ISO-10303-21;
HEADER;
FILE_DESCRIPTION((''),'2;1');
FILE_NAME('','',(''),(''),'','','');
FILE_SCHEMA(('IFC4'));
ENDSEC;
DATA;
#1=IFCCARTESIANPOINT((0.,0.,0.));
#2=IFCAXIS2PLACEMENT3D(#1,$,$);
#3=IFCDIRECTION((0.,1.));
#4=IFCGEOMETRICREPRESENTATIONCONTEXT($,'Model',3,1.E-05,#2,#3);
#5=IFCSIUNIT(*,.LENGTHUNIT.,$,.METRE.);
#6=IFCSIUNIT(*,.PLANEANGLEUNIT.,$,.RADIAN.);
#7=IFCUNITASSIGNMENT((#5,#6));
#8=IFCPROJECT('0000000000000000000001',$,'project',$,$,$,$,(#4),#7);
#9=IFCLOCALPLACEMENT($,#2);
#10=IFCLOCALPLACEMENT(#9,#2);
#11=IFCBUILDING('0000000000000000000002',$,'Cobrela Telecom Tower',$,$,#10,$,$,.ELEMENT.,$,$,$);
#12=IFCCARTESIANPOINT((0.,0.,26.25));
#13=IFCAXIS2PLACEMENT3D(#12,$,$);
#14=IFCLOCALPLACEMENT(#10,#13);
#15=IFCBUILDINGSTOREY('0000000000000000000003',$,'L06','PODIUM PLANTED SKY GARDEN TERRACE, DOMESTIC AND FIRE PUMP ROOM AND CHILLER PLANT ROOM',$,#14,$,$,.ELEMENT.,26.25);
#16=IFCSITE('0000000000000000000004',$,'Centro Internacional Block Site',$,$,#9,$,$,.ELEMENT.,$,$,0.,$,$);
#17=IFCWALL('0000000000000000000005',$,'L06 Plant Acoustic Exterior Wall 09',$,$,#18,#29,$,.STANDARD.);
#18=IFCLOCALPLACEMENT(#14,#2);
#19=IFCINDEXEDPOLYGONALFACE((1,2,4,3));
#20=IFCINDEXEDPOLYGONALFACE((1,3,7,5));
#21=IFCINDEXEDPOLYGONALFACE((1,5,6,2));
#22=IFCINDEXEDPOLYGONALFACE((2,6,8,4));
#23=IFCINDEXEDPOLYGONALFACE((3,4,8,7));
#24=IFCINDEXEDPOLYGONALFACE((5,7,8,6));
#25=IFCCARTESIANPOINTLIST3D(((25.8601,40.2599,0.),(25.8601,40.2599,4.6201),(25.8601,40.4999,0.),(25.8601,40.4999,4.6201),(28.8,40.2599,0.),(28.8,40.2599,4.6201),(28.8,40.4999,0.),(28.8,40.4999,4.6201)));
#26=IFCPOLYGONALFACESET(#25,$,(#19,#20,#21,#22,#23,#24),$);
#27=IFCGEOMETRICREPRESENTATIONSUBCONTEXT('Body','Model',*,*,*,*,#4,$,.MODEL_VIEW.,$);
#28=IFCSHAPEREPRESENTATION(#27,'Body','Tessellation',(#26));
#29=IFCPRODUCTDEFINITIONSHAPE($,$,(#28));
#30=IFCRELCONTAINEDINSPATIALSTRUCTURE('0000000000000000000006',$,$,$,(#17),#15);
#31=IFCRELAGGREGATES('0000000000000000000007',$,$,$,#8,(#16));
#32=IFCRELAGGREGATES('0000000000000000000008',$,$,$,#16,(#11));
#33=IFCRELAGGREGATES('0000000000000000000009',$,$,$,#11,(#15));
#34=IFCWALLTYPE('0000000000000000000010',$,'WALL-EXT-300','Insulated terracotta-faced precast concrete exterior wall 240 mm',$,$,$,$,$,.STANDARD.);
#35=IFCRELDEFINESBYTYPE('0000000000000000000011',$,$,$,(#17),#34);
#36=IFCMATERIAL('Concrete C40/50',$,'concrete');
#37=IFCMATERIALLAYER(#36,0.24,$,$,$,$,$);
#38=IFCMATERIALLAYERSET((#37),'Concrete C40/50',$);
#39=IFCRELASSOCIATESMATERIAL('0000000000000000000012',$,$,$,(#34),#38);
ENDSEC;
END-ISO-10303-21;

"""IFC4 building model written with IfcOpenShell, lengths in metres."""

from ifc_helpers import new_model, si_unit, direction, frame, frame_2d, origin, place, context, subcontext, project, spatial, rectangle, extrude, material, layer, layer_set, type_object, element, save


model = new_model("IFC4")

# Units and contexts
model_context = context("Model", 3, precision=1e-05, world=origin(), true_north=direction((0.0, 1.0)))
body_context = subcontext(model_context, "Body", "Model", "MODEL_VIEW")
ifc_project = project(units=[si_unit("LENGTHUNIT", "METRE"), si_unit("PLANEANGLEUNIT", "RADIAN")], contexts=[model_context])

# Site, building, storey
site_placement = place(None, origin())
site = spatial("IfcSite", under=ifc_project, at=site_placement, Name="Centro Internacional Block Site", CompositionType="ELEMENT", RefElevation=0.0)
building_placement = place(site_placement, origin())
building = spatial("IfcBuilding", under=site, at=building_placement, Name="Cobrela Telecom Tower", CompositionType="ELEMENT")
storey_placement = place(building_placement, frame((0.0, 0.0, 26.25)))
storey = spatial("IfcBuildingStorey", under=building, at=storey_placement, Name="L06", Description="PODIUM PLANTED SKY GARDEN TERRACE, DOMESTIC AND FIRE PUMP ROOM AND CHILLER PLANT ROOM", CompositionType="ELEMENT", Elevation=26.25)

# Wall
ifc_material_1 = material(Name="Concrete C40/50", Category="concrete")
ifc_layer_1 = layer(ifc_material_1, 0.24)
ifc_layer_set_1 = layer_set([ifc_layer_1], Name="Concrete C40/50")
wall_type = type_object("IfcWallType", Name="WALL-EXT-300", Description="Insulated terracotta-faced precast concrete exterior wall 240 mm", PredefinedType="STANDARD", material=ifc_layer_set_1)
wall_1_placement = place(storey_placement, frame((25.8601, 40.3799, 0.0), z_axis=(0.0, 0.0, 1.0), x_axis=(1.0, 0.0, 0.0)))
element("IfcWall", 1, at=wall_1_placement, inside=storey, type_object=wall_type, Name="L06 Plant Acoustic Exterior Wall 09", PredefinedType="STANDARD", context=body_context, shape_type="SweptSolid", body=[
    extrude(rectangle(XDim=2.9399, YDim=0.24, at=frame_2d((1.47, 0.0))), origin(), (0.0, 0.0, 1.0), 4.6201),
])

save(model, "model.ifc")
